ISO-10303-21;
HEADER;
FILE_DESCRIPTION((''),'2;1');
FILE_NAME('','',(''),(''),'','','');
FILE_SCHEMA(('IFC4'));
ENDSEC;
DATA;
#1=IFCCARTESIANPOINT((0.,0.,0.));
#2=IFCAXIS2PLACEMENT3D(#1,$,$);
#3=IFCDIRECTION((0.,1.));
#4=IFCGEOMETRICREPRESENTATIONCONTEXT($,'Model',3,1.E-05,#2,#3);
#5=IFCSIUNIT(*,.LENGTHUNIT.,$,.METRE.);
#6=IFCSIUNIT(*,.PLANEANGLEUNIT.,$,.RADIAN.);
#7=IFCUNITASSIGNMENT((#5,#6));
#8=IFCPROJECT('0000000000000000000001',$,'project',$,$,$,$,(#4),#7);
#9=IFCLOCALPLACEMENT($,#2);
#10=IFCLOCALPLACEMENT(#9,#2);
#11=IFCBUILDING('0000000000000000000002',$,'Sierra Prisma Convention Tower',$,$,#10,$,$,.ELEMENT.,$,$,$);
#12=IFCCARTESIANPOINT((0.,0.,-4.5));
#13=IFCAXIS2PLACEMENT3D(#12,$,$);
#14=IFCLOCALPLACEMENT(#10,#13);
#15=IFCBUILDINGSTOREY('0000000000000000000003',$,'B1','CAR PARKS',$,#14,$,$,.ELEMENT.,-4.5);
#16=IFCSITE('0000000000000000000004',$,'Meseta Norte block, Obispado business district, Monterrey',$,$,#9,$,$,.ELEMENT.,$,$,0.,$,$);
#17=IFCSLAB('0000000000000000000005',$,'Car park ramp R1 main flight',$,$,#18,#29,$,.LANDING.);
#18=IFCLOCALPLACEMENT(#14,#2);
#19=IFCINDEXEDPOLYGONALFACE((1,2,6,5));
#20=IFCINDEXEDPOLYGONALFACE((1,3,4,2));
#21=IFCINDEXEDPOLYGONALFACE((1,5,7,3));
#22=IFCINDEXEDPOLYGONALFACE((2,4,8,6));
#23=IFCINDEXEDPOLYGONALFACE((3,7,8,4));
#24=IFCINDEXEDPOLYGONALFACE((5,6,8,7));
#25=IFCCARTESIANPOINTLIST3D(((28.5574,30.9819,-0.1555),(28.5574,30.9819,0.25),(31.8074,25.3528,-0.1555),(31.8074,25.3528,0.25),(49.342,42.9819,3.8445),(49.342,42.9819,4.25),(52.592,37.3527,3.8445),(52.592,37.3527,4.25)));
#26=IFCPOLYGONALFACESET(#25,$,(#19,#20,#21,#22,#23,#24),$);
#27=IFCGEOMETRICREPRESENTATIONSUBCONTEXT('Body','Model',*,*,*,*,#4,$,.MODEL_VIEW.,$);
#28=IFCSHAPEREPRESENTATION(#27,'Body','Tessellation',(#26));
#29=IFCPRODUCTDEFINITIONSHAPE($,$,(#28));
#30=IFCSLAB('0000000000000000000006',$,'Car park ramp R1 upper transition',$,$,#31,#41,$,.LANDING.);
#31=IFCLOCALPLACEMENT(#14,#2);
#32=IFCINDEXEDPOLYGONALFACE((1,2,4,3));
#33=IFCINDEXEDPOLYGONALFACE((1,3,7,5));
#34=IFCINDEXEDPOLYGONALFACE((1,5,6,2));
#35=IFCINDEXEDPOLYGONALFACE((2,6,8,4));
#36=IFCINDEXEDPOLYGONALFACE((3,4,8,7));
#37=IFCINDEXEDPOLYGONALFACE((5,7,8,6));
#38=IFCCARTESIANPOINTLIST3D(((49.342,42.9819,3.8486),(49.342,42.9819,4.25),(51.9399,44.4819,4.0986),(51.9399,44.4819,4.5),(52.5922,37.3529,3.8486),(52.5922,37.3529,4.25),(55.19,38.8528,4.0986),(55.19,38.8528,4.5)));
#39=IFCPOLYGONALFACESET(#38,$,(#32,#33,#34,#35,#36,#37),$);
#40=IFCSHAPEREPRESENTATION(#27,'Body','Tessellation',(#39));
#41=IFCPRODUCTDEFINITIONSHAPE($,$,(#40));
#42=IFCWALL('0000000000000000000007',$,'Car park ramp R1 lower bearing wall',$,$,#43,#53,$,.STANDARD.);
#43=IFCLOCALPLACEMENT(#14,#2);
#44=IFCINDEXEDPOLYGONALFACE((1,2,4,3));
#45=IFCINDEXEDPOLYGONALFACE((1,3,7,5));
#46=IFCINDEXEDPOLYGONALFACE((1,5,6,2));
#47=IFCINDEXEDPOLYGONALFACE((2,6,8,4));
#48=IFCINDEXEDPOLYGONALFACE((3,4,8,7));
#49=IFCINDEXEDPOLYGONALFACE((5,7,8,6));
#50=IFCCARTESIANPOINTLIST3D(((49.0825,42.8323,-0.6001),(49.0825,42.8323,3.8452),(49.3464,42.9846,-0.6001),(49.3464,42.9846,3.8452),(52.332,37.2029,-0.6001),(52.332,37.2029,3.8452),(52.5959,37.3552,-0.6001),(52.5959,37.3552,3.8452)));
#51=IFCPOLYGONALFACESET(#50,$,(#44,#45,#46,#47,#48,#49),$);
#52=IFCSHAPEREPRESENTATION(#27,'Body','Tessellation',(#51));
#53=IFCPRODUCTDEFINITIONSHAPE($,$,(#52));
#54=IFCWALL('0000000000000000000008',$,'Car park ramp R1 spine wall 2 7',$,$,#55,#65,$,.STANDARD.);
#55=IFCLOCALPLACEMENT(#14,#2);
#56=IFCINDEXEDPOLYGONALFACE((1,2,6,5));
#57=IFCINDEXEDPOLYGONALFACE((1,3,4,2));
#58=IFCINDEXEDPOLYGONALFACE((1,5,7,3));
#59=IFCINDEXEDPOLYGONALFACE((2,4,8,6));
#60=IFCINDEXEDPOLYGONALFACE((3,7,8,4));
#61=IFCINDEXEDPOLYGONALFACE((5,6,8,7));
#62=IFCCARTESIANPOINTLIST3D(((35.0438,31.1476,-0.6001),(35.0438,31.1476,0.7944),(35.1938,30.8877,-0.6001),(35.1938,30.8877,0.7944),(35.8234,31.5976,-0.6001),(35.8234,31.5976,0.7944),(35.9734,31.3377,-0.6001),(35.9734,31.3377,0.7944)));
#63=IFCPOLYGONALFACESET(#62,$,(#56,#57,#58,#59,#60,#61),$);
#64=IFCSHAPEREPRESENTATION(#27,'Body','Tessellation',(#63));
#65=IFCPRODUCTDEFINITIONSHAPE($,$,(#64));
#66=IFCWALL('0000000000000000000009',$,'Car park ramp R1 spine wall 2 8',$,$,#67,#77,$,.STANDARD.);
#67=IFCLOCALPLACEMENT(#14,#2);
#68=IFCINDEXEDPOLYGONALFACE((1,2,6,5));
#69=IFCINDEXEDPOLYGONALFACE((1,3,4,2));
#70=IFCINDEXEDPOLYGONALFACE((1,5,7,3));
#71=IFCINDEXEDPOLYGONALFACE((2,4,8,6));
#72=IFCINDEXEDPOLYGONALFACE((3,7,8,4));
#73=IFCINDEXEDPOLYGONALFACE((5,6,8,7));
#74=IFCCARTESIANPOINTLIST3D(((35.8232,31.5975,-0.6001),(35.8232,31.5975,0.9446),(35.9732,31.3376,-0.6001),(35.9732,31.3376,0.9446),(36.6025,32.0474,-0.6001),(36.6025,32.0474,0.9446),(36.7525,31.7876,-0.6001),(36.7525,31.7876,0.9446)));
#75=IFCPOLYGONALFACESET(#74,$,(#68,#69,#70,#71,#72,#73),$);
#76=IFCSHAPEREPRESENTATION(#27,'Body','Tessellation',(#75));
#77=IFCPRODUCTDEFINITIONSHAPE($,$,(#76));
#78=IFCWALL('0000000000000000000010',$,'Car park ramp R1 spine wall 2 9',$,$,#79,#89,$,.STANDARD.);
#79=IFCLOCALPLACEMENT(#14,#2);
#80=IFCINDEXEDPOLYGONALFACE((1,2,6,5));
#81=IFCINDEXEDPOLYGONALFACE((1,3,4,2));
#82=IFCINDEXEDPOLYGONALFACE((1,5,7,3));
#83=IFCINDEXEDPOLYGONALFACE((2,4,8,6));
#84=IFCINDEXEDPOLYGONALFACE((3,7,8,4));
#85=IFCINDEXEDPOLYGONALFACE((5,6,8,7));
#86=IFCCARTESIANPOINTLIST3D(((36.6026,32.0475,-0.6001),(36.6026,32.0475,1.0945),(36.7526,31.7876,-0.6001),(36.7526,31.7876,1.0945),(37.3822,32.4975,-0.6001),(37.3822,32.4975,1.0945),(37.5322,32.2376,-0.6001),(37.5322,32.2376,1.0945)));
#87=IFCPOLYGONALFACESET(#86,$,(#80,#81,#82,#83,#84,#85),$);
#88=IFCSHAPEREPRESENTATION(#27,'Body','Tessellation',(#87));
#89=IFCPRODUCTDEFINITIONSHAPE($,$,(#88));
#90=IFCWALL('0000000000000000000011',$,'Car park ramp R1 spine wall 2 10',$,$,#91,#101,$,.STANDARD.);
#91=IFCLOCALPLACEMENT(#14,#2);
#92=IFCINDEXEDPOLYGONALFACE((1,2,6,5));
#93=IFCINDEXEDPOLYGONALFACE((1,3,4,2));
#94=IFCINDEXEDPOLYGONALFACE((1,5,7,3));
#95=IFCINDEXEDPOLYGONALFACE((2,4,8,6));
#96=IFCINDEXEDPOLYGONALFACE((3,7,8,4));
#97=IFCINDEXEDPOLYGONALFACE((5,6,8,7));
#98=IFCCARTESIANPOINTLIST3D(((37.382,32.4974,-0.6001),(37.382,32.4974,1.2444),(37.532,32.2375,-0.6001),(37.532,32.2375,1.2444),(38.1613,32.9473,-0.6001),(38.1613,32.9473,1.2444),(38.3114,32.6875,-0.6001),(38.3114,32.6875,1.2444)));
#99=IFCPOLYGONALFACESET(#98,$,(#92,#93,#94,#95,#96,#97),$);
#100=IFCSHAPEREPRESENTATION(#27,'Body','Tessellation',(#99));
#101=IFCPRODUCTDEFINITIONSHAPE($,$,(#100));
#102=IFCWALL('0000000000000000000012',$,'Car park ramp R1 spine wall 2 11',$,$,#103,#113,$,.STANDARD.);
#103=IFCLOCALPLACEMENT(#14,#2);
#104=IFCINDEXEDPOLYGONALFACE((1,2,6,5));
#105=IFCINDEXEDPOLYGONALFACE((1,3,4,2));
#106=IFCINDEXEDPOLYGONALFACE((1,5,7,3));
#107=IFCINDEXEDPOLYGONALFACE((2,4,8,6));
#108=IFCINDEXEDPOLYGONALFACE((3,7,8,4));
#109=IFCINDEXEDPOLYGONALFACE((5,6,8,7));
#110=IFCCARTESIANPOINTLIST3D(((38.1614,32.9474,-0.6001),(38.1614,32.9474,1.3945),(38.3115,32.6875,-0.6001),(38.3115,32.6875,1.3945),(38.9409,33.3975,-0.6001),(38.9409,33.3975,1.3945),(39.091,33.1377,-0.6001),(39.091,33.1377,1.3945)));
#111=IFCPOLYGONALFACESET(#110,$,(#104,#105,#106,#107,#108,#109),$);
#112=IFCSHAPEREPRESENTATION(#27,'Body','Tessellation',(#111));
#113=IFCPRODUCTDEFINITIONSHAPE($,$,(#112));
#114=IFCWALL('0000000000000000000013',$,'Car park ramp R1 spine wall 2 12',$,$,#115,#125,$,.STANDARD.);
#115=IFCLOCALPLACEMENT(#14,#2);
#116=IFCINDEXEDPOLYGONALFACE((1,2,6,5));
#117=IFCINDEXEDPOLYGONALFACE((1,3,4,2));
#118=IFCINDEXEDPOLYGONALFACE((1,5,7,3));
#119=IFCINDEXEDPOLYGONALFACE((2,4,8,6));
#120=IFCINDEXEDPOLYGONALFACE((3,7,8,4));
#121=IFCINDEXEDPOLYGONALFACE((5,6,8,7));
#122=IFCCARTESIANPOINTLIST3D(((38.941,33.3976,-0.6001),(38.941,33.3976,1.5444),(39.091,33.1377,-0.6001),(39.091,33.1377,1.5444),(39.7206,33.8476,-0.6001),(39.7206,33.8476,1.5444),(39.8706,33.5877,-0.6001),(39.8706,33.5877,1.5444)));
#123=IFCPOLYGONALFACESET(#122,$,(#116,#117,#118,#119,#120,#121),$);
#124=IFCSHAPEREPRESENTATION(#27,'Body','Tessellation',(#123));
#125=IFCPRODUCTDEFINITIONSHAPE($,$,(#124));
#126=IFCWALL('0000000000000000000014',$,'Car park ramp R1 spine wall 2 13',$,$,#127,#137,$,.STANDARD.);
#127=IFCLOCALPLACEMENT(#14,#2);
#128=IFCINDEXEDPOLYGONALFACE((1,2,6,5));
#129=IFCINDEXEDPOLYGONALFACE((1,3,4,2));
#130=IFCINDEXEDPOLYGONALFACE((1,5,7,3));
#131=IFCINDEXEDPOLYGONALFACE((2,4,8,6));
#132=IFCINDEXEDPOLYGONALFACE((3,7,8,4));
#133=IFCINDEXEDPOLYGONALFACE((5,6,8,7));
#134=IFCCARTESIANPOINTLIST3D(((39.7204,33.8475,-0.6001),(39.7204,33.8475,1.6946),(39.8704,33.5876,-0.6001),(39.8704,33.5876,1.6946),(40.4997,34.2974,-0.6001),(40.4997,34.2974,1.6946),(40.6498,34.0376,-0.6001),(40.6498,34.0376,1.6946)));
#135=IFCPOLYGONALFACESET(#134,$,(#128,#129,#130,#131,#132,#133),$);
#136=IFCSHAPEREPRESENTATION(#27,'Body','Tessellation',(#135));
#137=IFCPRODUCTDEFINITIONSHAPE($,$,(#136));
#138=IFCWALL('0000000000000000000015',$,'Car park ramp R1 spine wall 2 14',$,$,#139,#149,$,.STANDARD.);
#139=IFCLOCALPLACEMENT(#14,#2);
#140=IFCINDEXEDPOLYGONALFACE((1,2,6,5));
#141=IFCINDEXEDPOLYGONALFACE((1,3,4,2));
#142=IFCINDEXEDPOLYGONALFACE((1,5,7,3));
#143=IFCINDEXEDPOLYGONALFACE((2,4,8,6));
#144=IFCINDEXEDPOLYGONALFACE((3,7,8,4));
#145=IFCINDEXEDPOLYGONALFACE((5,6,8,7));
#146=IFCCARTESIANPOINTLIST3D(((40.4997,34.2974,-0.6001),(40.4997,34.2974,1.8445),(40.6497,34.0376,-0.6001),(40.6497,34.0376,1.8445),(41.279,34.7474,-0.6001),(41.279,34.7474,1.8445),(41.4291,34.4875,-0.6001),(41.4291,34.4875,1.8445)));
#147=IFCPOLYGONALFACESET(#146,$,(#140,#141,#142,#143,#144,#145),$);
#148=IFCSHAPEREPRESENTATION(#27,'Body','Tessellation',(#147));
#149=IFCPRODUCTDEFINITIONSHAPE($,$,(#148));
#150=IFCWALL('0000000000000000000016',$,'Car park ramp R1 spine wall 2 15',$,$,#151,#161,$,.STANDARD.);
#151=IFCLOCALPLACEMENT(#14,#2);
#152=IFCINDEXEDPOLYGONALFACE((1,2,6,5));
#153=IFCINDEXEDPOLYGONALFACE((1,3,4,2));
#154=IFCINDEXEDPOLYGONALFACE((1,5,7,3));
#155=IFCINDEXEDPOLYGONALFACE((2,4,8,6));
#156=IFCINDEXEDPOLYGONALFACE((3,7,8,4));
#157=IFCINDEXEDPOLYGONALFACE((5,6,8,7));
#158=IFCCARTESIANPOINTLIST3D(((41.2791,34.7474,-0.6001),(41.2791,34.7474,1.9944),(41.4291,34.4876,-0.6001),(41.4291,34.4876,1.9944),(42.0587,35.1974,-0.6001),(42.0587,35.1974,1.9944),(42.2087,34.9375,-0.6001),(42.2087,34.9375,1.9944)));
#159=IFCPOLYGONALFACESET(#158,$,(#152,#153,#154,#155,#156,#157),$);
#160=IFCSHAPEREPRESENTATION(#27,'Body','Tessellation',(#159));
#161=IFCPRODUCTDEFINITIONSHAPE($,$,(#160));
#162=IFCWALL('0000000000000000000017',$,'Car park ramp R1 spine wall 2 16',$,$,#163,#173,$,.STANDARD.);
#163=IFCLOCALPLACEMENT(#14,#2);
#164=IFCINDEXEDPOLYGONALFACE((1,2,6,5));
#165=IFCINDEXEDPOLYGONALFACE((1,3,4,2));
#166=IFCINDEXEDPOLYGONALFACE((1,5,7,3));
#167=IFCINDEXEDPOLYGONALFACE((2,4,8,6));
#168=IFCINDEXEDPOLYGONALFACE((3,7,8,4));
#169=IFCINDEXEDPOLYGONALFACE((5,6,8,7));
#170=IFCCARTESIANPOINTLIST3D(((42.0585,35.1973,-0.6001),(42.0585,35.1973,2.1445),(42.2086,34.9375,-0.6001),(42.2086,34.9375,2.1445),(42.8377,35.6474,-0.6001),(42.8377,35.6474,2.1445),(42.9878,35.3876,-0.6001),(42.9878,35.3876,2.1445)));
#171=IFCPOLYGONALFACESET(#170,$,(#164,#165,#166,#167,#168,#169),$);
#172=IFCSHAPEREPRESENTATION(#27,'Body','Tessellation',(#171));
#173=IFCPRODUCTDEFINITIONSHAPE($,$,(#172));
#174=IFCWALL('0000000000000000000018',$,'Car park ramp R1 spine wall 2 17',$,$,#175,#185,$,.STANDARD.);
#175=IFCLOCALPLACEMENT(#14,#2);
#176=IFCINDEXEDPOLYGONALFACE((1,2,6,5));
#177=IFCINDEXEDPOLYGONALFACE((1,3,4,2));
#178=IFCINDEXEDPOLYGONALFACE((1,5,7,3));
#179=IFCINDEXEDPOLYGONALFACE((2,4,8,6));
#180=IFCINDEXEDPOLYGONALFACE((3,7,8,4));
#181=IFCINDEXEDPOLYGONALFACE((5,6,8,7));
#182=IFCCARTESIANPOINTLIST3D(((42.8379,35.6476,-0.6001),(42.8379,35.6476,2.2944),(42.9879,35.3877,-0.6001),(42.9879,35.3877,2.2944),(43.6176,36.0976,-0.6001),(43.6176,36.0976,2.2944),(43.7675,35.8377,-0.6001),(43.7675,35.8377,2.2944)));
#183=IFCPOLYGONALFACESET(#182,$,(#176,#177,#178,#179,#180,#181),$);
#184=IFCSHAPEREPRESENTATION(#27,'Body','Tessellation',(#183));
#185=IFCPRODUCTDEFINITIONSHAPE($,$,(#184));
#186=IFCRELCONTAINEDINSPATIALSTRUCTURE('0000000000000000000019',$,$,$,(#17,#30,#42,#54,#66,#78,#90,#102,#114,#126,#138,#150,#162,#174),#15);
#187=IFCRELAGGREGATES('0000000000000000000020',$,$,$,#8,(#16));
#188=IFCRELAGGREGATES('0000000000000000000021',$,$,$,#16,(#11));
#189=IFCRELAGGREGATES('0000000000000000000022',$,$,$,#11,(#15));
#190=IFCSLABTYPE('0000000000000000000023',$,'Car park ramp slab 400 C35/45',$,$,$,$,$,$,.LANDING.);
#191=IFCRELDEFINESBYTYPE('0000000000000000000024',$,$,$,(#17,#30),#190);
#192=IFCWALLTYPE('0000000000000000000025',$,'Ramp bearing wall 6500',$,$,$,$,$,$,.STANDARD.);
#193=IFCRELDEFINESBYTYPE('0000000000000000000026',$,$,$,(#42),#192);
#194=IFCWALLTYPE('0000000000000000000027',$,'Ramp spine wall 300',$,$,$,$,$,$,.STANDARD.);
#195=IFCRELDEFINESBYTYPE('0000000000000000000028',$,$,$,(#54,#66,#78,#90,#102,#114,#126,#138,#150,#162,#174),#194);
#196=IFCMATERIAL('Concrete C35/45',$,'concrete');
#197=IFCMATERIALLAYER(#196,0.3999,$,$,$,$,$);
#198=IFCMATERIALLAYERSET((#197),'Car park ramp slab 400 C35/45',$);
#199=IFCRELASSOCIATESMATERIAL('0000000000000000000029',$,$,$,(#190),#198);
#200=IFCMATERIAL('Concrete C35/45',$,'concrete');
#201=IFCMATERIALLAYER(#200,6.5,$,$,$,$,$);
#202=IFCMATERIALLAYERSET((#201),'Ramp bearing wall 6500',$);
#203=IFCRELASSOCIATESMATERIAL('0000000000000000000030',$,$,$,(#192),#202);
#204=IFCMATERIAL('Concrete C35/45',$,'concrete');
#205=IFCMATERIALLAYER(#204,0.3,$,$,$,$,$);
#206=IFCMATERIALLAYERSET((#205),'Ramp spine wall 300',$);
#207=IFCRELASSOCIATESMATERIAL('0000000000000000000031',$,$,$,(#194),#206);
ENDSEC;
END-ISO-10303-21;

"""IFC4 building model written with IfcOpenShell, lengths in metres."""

from ifc_helpers import new_model, si_unit, direction, frame, frame_2d, origin, place, context, subcontext, project, spatial, polyline, rectangle, outline, extrude, material, layer, layer_set, type_object, element, save


model = new_model("IFC4")

# Units and contexts
model_context = context("Model", 3, precision=1e-05, world=origin(), true_north=direction((0.0, 1.0)))
body_context = subcontext(model_context, "Body", "Model", "MODEL_VIEW")
ifc_project = project(units=[si_unit("LENGTHUNIT", "METRE"), si_unit("PLANEANGLEUNIT", "RADIAN")], contexts=[model_context])

# Site, building, storey
site_placement = place(None, origin())
site = spatial("IfcSite", under=ifc_project, at=site_placement, Name="Meseta Norte block, Obispado business district, Monterrey", CompositionType="ELEMENT", RefElevation=0.0)
building_placement = place(site_placement, origin())
building = spatial("IfcBuilding", under=site, at=building_placement, Name="Sierra Prisma Convention Tower", CompositionType="ELEMENT")
storey_placement = place(building_placement, frame((0.0, 0.0, -4.5)))
storey = spatial("IfcBuildingStorey", under=building, at=storey_placement, Name="B1", Description="CAR PARKS", CompositionType="ELEMENT", Elevation=-4.5)

# Slabs
ifc_material_1 = material(Name="Concrete C35/45", Category="concrete")
ifc_layer_1 = layer(ifc_material_1, 0.3999)
ifc_layer_set_1 = layer_set([ifc_layer_1], Name="Car park ramp slab 400 C35/45")
slab_type = type_object("IfcSlabType", Name="Car park ramp slab 400 C35/45", PredefinedType="LANDING", material=ifc_layer_set_1)
slab_1_placement = place(storey_placement, frame((28.5574, 30.9819, 0.25), z_axis=(0.0, 0.0, 1.0), x_axis=(0.866026, 0.499999, 0.0)))
element("IfcSlab", 1, at=slab_1_placement, inside=storey, type_object=slab_type, Name="Car park ramp R1 main flight", PredefinedType="LANDING", context=body_context, shape_type="SweptSolid", body=[
    extrude(outline(polyline([(0.0, -0.4055), (24.0, 3.5945), (24.0, 4.0), (0.0, 0.0), (0.0, -0.4055)])), frame((0.0, 0.0, 0.0), z_axis=(0.0, -1.0, 0.0), x_axis=(1.0, 0.0, 0.0)), (0.0, 0.0, 1.0), 6.5),
])
slab_2_placement = place(storey_placement, frame((49.342, 42.9819, 4.25), z_axis=(0.0, 0.0, 1.0), x_axis=(0.866011, 0.500025, 0.0)))
element("IfcSlab", 2, at=slab_2_placement, inside=storey, type_object=slab_type, Name="Car park ramp R1 upper transition", PredefinedType="LANDING", context=body_context, shape_type="SweptSolid", body=[
    extrude(outline(polyline([(0.0, -0.4014), (2.9998, -0.1514), (2.9998, 0.25), (0.0, 0.0), (0.0, -0.4014)])), frame((0.0, 0.0, 0.0), z_axis=(0.0, -1.0, 0.0), x_axis=(1.0, 0.0, 0.0)), (0.0, 0.0, 1.0), 6.5),
])

# Walls
ifc_material_2 = material(Name="Concrete C35/45", Category="concrete")
ifc_layer_2 = layer(ifc_material_2, 6.5)
ifc_layer_set_2 = layer_set([ifc_layer_2], Name="Ramp bearing wall 6500")
wall_type_1 = type_object("IfcWallType", Name="Ramp bearing wall 6500", PredefinedType="STANDARD", material=ifc_layer_set_2)
wall_1_placement = place(storey_placement, frame((50.7073, 40.0176, -0.6001), z_axis=(0.0, 0.0, 1.0), x_axis=(0.866066, 0.499931, 0.0)))
element("IfcWall", 3, at=wall_1_placement, inside=storey, type_object=wall_type_1, Name="Car park ramp R1 lower bearing wall", PredefinedType="STANDARD", context=body_context, shape_type="SweptSolid", body=[
    extrude(rectangle(XDim=0.3047, YDim=6.5, at=frame_2d((0.1523, 0.0))), origin(), (0.0, 0.0, 1.0), 4.4453),
])
ifc_material_3 = material(Name="Concrete C35/45", Category="concrete")
ifc_layer_3 = layer(ifc_material_3, 0.3)
ifc_layer_set_3 = layer_set([ifc_layer_3], Name="Ramp spine wall 300")
wall_type_2 = type_object("IfcWallType", Name="Ramp spine wall 300", PredefinedType="STANDARD", material=ifc_layer_set_3)
wall_2_placement = place(storey_placement, frame((35.1187, 31.0176, -0.6001), z_axis=(0.0, 0.0, 1.0), x_axis=(0.866082, 0.499902, 0.0)))
element("IfcWall", 4, at=wall_2_placement, inside=storey, type_object=wall_type_2, Name="Car park ramp R1 spine wall 2 7", PredefinedType="STANDARD", context=body_context, shape_type="SweptSolid", body=[
    extrude(rectangle(XDim=0.9001, YDim=0.3, at=frame_2d((0.4502, 0.0))), origin(), (0.0, 0.0, 1.0), 1.3945),
])
wall_3_placement = place(storey_placement, frame((35.8982, 31.4675, -0.6001), z_axis=(0.0, 0.0, 1.0), x_axis=(0.866014, 0.50002, 0.0)))
element("IfcWall", 5, at=wall_3_placement, inside=storey, type_object=wall_type_2, Name="Car park ramp R1 spine wall 2 8", PredefinedType="STANDARD", context=body_context, shape_type="SweptSolid", body=[
    extrude(rectangle(XDim=0.8999, YDim=0.3, at=frame_2d((0.45, 0.0))), origin(), (0.0, 0.0, 1.0), 1.5447),
])
wall_4_placement = place(storey_placement, frame((36.6775, 31.9175, -0.6001), z_axis=(0.0, 0.0, 1.0), x_axis=(0.866082, 0.499902, 0.0)))
element("IfcWall", 6, at=wall_4_placement, inside=storey, type_object=wall_type_2, Name="Car park ramp R1 spine wall 2 9", PredefinedType="STANDARD", context=body_context, shape_type="SweptSolid", body=[
    extrude(rectangle(XDim=0.9001, YDim=0.3, at=frame_2d((0.4502, 0.0))), origin(), (0.0, 0.0, 1.0), 1.6946),
])
wall_5_placement = place(storey_placement, frame((37.457, 32.3674, -0.6001), z_axis=(0.0, 0.0, 1.0), x_axis=(0.866014, 0.50002, 0.0)))
element("IfcWall", 7, at=wall_5_placement, inside=storey, type_object=wall_type_2, Name="Car park ramp R1 spine wall 2 10", PredefinedType="STANDARD", context=body_context, shape_type="SweptSolid", body=[
    extrude(rectangle(XDim=0.8999, YDim=0.3, at=frame_2d((0.45, 0.0))), origin(), (0.0, 0.0, 1.0), 1.8445),
])
wall_6_placement = place(storey_placement, frame((38.2363, 32.8174, -0.6001), z_axis=(0.0, 0.0, 1.0), x_axis=(0.865964, 0.500106, 0.0)))
element("IfcWall", 8, at=wall_6_placement, inside=storey, type_object=wall_type_2, Name="Car park ramp R1 spine wall 2 11", PredefinedType="STANDARD", context=body_context, shape_type="SweptSolid", body=[
    extrude(rectangle(XDim=0.9001, YDim=0.3, at=frame_2d((0.4502, 0.0))), origin(), (0.0, 0.0, 1.0), 1.9946),
])
wall_7_placement = place(storey_placement, frame((39.0159, 33.2676, -0.6001), z_axis=(0.0, 0.0, 1.0), x_axis=(0.866082, 0.499902, 0.0)))
element("IfcWall", 9, at=wall_7_placement, inside=storey, type_object=wall_type_2, Name="Car park ramp R1 spine wall 2 12", PredefinedType="STANDARD", context=body_context, shape_type="SweptSolid", body=[
    extrude(rectangle(XDim=0.9001, YDim=0.3, at=frame_2d((0.4502, 0.0))), origin(), (0.0, 0.0, 1.0), 2.1445),
])
wall_8_placement = place(storey_placement, frame((39.7954, 33.7175, -0.6001), z_axis=(0.0, 0.0, 1.0), x_axis=(0.866014, 0.50002, 0.0)))
element("IfcWall", 10, at=wall_8_placement, inside=storey, type_object=wall_type_2, Name="Car park ramp R1 spine wall 2 13", PredefinedType="STANDARD", context=body_context, shape_type="SweptSolid", body=[
    extrude(rectangle(XDim=0.8999, YDim=0.3, at=frame_2d((0.45, 0.0))), origin(), (0.0, 0.0, 1.0), 2.2947),
])
wall_9_placement = place(storey_placement, frame((40.5747, 34.1675, -0.6001), z_axis=(0.0, 0.0, 1.0), x_axis=(0.866014, 0.50002, 0.0)))
element("IfcWall", 11, at=wall_9_placement, inside=storey, type_object=wall_type_2, Name="Car park ramp R1 spine wall 2 14", PredefinedType="STANDARD", context=body_context, shape_type="SweptSolid", body=[
    extrude(rectangle(XDim=0.8999, YDim=0.3, at=frame_2d((0.45, 0.0))), origin(), (0.0, 0.0, 1.0), 2.4446),
])
wall_10_placement = place(storey_placement, frame((41.354, 34.6174, -0.6001), z_axis=(0.0, 0.0, 1.0), x_axis=(0.866082, 0.499902, 0.0)))
element("IfcWall", 12, at=wall_10_placement, inside=storey, type_object=wall_type_2, Name="Car park ramp R1 spine wall 2 15", PredefinedType="STANDARD", context=body_context, shape_type="SweptSolid", body=[
    extrude(rectangle(XDim=0.9001, YDim=0.3, at=frame_2d((0.4502, 0.0))), origin(), (0.0, 0.0, 1.0), 2.5945),
])
wall_11_placement = place(storey_placement, frame((42.1335, 35.0674, -0.6001), z_axis=(0.0, 0.0, 1.0), x_axis=(0.865896, 0.500223, 0.0)))
element("IfcWall", 13, at=wall_11_placement, inside=storey, type_object=wall_type_2, Name="Car park ramp R1 spine wall 2 16", PredefinedType="STANDARD", context=body_context, shape_type="SweptSolid", body=[
    extrude(rectangle(XDim=0.8999, YDim=0.3, at=frame_2d((0.45, 0.0))), origin(), (0.0, 0.0, 1.0), 2.7446),
])
wall_12_placement = place(storey_placement, frame((42.9128, 35.5176, -0.6001), z_axis=(0.0, 0.0, 1.0), x_axis=(0.866082, 0.499902, 0.0)))
element("IfcWall", 14, at=wall_12_placement, inside=storey, type_object=wall_type_2, Name="Car park ramp R1 spine wall 2 17", PredefinedType="STANDARD", context=body_context, shape_type="SweptSolid", body=[
    extrude(rectangle(XDim=0.9001, YDim=0.3, at=frame_2d((0.4502, 0.0))), origin(), (0.0, 0.0, 1.0), 2.8945),
])

save(model, "model.ifc")
